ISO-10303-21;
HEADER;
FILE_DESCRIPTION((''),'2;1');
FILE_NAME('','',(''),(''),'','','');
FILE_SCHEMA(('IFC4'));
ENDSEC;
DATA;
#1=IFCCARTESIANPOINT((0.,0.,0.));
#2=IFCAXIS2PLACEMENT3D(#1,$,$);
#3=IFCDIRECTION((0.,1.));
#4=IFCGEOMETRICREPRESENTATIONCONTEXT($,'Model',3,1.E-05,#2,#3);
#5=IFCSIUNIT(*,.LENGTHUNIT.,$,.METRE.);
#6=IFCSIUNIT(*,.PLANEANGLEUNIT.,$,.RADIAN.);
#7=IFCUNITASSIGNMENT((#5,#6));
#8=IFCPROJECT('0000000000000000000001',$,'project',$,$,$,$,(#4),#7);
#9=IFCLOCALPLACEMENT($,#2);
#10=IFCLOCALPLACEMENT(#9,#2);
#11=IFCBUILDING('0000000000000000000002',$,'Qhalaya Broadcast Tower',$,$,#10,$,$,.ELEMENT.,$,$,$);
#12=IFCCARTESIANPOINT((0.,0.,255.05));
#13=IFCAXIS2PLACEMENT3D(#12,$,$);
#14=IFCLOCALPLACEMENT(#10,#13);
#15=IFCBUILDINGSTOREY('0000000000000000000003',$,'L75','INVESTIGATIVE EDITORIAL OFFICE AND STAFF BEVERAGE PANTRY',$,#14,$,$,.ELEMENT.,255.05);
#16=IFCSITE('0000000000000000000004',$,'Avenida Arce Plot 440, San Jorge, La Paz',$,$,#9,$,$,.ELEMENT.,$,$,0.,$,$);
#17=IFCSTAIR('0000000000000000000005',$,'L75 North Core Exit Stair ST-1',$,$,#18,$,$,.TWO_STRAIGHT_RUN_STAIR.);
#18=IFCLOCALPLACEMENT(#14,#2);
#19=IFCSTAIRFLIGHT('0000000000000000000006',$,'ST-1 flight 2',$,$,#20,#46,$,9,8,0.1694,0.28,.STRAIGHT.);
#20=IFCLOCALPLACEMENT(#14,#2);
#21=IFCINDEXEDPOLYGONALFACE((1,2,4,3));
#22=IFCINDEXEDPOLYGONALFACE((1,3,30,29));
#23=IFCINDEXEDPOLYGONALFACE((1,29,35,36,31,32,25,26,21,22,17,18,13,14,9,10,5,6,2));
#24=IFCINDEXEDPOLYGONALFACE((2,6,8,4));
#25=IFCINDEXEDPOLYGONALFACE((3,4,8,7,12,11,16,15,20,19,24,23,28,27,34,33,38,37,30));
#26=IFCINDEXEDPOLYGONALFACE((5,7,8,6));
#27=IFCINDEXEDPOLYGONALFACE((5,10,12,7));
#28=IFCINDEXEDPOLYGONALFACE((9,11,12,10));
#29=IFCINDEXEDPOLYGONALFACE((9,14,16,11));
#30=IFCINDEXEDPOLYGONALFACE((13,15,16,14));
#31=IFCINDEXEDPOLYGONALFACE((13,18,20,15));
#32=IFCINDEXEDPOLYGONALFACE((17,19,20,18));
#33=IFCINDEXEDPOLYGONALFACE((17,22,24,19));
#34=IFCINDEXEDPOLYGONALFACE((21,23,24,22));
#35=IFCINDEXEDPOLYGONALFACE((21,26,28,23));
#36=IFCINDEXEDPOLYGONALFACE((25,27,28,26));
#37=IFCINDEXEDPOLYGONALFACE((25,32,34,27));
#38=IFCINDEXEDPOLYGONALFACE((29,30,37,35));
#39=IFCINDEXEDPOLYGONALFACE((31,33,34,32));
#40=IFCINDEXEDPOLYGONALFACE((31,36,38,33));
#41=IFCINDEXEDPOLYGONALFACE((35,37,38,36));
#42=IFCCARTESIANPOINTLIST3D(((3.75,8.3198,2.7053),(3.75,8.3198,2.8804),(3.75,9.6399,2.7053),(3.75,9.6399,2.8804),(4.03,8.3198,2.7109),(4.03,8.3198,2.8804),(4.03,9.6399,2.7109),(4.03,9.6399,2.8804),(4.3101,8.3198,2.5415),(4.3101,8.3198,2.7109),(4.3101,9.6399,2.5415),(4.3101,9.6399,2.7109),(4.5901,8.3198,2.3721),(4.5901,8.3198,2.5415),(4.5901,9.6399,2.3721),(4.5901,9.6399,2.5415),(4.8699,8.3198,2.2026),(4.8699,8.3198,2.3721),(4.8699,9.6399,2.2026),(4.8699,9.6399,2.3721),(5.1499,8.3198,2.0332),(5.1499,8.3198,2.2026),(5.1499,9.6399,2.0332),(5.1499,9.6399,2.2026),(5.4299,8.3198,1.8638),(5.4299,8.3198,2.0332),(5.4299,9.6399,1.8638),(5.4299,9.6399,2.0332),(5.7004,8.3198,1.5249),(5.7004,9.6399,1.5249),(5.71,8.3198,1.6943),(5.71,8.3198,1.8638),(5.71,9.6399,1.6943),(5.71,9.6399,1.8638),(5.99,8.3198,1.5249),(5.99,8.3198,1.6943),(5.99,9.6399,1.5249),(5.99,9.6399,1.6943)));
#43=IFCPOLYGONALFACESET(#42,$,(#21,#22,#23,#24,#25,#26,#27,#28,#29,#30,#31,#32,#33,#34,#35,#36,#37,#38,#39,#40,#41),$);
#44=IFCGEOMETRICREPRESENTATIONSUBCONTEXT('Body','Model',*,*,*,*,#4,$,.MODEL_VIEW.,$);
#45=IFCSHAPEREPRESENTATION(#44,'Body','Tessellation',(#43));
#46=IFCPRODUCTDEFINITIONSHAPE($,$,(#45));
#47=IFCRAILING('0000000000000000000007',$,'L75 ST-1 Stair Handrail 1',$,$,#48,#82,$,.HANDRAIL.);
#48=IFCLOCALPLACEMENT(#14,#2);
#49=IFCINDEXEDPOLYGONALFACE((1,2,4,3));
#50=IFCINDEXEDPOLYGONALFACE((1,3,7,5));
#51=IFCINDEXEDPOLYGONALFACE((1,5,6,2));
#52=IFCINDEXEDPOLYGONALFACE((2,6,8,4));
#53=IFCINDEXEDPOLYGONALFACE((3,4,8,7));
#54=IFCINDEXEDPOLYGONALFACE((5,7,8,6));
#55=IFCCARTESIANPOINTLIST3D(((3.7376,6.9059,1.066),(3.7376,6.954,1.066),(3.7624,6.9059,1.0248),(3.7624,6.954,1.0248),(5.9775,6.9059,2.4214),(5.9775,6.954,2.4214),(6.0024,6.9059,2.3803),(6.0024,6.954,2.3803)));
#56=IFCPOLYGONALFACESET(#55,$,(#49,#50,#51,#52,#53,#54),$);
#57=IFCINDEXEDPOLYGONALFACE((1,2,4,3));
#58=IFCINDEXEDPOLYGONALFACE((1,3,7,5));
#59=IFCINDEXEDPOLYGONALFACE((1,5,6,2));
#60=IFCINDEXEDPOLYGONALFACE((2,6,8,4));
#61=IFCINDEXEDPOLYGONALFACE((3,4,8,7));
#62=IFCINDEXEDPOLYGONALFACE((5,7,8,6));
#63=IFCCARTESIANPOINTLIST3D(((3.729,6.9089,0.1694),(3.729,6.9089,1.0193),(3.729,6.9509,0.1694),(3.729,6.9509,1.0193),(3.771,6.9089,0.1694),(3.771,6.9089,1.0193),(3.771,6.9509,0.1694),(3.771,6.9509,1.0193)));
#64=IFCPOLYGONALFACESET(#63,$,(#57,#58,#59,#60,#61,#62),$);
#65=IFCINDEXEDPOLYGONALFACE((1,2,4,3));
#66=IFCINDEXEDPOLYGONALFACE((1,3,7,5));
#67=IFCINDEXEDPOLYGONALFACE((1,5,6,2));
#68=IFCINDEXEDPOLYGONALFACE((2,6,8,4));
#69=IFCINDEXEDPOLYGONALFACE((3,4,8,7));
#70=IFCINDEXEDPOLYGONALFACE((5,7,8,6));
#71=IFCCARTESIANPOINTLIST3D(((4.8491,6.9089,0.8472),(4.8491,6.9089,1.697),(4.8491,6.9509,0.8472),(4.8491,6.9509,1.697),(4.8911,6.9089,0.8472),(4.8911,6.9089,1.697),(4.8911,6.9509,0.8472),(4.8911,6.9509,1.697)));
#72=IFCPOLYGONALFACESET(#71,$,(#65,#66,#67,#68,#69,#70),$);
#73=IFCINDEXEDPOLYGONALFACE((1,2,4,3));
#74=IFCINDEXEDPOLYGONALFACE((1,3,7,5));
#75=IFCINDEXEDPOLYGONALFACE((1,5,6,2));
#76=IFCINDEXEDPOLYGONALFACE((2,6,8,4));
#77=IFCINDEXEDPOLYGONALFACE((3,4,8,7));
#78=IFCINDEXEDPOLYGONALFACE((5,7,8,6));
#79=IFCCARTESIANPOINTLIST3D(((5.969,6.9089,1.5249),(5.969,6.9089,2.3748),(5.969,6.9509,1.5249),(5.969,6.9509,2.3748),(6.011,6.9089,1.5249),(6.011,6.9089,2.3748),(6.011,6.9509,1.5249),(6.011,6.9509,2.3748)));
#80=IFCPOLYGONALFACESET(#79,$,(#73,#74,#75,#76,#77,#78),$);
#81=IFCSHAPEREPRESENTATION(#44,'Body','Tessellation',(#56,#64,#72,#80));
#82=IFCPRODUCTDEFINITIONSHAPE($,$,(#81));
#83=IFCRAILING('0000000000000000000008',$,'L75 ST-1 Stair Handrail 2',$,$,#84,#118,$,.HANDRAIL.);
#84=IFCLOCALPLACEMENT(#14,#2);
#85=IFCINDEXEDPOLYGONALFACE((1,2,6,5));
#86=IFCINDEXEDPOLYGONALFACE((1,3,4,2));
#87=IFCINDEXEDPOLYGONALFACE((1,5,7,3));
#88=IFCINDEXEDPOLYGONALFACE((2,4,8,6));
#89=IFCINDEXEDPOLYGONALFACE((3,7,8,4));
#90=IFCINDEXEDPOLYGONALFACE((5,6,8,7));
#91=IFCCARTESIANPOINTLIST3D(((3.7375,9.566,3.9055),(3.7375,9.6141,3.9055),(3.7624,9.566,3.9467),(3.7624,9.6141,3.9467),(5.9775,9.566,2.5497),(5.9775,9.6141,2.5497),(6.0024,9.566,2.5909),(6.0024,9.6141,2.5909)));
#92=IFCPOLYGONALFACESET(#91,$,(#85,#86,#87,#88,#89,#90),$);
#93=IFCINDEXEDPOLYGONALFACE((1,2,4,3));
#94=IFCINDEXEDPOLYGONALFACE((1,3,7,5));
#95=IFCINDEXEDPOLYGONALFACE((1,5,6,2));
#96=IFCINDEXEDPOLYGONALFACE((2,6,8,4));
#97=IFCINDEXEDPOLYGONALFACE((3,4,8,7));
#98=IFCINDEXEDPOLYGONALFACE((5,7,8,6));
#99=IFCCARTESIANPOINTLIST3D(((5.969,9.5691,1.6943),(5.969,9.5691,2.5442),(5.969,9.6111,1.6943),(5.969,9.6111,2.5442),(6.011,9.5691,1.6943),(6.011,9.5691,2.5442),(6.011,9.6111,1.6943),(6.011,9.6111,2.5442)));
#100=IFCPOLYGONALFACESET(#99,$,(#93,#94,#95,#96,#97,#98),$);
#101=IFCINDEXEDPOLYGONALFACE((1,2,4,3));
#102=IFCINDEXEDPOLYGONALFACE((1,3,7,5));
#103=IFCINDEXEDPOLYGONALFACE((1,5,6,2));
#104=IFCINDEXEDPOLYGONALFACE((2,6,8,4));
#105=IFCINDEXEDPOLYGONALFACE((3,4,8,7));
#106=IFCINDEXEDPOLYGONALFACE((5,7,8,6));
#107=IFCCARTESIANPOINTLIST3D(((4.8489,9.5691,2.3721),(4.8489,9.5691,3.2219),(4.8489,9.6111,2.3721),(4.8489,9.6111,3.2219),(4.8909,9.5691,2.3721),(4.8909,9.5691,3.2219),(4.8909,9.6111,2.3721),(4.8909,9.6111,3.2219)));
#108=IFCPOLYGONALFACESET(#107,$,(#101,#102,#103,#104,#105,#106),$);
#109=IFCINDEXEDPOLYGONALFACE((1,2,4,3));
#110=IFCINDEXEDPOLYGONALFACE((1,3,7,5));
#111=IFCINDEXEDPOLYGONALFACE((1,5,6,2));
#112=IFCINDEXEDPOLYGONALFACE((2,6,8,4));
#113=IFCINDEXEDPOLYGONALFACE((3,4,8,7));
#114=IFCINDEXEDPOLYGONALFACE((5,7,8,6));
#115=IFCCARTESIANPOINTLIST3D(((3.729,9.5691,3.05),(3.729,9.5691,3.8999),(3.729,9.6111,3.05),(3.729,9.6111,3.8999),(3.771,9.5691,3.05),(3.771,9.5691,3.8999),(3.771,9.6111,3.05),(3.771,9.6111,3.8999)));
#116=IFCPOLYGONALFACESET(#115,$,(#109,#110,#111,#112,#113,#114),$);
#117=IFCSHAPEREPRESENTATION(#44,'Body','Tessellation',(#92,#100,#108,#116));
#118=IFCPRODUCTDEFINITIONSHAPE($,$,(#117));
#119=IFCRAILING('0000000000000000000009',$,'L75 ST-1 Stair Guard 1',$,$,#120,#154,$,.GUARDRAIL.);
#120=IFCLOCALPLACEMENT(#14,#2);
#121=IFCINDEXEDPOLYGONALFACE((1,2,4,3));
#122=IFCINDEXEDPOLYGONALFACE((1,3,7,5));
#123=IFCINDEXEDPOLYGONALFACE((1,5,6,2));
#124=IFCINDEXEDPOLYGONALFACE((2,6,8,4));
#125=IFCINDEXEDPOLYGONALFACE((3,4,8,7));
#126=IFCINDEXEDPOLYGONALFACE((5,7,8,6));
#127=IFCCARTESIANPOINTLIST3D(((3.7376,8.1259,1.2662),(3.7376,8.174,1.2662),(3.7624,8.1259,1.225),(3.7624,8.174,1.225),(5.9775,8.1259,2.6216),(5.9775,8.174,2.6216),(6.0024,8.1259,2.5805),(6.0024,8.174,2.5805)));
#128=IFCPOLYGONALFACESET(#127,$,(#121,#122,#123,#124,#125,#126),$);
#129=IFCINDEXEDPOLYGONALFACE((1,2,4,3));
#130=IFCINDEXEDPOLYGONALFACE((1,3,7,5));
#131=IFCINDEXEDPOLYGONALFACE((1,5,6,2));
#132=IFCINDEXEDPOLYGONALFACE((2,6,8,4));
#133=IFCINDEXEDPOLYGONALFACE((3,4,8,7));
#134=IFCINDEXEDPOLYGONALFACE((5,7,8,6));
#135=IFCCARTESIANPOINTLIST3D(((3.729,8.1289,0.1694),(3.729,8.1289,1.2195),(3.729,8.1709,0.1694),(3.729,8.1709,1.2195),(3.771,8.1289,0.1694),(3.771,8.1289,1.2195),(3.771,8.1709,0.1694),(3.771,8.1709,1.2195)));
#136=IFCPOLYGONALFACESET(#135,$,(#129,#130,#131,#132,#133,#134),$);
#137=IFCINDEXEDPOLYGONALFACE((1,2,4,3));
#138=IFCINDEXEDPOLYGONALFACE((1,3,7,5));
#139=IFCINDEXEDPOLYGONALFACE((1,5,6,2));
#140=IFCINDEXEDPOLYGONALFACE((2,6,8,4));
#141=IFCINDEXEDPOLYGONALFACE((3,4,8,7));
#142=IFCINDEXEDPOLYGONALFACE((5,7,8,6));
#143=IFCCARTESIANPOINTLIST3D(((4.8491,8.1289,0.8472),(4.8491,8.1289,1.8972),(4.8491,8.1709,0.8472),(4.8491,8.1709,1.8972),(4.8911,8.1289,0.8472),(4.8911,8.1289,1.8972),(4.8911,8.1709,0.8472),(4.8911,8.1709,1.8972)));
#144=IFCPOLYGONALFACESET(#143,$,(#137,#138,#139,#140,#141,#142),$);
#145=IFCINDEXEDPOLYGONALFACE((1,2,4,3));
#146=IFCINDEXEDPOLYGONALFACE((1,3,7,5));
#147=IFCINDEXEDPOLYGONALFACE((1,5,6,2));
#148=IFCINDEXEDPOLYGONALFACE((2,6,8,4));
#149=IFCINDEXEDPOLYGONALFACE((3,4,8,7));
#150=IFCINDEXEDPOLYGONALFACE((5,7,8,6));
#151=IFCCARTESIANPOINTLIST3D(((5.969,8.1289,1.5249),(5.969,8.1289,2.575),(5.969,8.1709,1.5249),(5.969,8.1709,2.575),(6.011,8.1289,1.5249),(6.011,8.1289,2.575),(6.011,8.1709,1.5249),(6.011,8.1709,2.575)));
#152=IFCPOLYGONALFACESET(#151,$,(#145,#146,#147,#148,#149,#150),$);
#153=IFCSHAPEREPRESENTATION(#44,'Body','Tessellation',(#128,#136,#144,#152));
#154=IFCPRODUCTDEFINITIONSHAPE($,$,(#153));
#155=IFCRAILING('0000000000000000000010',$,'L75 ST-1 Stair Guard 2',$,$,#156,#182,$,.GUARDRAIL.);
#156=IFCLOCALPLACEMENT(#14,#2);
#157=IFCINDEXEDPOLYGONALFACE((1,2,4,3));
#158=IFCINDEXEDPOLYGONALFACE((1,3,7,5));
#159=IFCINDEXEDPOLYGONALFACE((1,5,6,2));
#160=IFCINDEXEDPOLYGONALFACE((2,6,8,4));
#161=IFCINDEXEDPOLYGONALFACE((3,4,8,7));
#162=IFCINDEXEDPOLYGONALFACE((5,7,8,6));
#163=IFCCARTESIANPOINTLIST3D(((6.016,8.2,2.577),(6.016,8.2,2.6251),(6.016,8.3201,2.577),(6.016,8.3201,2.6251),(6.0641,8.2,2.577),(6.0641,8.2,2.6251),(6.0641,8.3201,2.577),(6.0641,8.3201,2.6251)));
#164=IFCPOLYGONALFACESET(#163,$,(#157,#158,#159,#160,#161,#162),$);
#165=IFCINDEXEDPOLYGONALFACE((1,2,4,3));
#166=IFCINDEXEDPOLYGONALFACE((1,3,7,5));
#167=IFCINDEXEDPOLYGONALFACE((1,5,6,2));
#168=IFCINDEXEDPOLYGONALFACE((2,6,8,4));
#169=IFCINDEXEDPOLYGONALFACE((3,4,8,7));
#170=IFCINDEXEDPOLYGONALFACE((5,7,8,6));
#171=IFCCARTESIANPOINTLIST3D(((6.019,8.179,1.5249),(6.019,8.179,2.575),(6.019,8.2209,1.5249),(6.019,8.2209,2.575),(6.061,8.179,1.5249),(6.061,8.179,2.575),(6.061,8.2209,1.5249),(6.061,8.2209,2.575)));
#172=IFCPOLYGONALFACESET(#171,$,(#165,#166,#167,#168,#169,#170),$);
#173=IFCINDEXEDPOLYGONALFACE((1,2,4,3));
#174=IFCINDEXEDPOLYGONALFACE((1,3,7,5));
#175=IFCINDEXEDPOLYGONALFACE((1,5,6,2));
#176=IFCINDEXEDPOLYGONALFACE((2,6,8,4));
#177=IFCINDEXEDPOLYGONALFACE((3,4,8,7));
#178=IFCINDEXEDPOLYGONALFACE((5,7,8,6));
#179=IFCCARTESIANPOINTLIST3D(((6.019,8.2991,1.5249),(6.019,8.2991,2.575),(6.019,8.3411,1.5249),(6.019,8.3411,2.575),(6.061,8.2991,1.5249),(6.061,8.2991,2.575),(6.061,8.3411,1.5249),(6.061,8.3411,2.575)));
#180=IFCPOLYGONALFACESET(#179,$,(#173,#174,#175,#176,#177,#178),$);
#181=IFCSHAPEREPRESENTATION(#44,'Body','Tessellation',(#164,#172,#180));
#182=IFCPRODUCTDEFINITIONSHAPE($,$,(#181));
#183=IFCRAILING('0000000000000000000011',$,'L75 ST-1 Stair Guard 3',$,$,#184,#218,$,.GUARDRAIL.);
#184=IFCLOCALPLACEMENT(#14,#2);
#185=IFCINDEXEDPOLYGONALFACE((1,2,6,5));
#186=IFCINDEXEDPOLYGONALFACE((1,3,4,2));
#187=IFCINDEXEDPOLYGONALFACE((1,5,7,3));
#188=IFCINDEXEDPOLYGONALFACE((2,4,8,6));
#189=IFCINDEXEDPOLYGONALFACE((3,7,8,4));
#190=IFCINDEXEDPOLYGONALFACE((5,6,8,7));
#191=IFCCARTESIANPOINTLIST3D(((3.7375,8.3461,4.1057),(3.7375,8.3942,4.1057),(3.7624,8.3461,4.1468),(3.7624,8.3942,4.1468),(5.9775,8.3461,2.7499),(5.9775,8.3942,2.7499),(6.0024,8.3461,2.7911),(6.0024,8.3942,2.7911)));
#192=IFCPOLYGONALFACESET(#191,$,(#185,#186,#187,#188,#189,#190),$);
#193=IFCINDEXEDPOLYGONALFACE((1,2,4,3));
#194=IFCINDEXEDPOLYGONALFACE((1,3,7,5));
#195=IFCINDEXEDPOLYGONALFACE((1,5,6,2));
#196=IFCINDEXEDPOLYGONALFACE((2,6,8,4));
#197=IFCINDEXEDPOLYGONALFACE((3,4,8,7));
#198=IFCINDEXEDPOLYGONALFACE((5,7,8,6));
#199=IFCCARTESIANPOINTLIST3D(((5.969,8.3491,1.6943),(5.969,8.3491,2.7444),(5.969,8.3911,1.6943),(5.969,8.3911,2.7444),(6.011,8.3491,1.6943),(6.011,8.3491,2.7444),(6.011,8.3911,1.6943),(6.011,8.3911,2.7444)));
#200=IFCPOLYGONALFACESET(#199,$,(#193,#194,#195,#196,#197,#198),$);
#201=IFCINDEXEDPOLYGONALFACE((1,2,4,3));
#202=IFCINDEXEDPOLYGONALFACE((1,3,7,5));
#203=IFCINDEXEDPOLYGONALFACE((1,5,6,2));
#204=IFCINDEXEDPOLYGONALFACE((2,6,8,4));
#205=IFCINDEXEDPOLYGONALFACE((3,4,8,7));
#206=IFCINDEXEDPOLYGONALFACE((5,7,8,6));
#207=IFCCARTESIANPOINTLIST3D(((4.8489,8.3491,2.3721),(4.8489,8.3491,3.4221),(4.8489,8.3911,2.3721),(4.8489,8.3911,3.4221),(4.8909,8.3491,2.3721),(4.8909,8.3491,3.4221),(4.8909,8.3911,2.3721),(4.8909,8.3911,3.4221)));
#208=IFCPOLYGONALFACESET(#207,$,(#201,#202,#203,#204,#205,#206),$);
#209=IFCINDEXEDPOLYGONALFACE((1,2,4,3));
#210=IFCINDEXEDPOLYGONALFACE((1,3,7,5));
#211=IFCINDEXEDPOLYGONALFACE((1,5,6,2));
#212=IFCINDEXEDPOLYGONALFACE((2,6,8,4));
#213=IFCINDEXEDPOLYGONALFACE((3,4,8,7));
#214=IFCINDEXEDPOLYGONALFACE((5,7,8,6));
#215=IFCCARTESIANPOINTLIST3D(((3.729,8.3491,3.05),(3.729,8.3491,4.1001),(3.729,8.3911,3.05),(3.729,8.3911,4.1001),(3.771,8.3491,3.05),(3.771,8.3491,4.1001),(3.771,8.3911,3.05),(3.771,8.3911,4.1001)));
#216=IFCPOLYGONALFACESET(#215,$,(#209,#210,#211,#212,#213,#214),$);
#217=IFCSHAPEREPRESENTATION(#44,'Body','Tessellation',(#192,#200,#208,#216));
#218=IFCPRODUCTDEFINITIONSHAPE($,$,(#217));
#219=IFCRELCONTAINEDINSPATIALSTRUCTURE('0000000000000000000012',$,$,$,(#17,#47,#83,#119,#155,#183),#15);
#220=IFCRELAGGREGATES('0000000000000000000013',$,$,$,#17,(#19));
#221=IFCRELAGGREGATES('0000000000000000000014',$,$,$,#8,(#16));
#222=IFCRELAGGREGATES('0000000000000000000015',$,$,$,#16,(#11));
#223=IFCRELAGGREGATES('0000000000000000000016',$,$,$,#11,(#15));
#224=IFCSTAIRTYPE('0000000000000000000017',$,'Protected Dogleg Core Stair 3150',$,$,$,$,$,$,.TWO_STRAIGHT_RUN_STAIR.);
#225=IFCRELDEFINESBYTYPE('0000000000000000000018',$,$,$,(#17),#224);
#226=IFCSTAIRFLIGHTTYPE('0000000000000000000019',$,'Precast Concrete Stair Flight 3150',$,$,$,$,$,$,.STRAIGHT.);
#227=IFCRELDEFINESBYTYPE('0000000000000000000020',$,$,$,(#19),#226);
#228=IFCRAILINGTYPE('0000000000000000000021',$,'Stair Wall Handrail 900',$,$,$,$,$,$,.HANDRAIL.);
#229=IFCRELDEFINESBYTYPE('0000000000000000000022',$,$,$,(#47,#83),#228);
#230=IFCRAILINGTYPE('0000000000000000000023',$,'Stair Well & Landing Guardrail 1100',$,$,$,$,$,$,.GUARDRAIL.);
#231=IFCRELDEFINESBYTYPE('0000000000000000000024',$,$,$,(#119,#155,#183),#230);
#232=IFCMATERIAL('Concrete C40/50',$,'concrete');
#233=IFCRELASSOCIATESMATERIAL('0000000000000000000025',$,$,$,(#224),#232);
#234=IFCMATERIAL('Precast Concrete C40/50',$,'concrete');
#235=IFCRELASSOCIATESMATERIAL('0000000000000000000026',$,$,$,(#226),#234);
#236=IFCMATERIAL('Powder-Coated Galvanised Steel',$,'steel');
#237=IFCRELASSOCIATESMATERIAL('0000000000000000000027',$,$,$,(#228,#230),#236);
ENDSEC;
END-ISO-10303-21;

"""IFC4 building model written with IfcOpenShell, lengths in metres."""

from ifc_helpers import new_model, si_unit, direction, frame, origin, origin_2d, place, context, subcontext, project, spatial, polyline, rectangle, outline, extrude, material, type_object, element, aggregate, save


model = new_model("IFC4")

# Units and contexts
model_context = context("Model", 3, precision=1e-05, world=origin(), true_north=direction((0.0, 1.0)))
body_context = subcontext(model_context, "Body", "Model", "MODEL_VIEW")
ifc_project = project(units=[si_unit("LENGTHUNIT", "METRE"), si_unit("PLANEANGLEUNIT", "RADIAN")], contexts=[model_context])

# Site, building, storey
site_placement = place(None, origin())
site = spatial("IfcSite", under=ifc_project, at=site_placement, Name="Avenida Arce Plot 440, San Jorge, La Paz", CompositionType="ELEMENT", RefElevation=0.0)
building_placement = place(site_placement, origin())
building = spatial("IfcBuilding", under=site, at=building_placement, Name="Qhalaya Broadcast Tower", CompositionType="ELEMENT")
storey_placement = place(building_placement, frame((0.0, 0.0, 255.05)))
storey = spatial("IfcBuildingStorey", under=building, at=storey_placement, Name="L75", Description="INVESTIGATIVE EDITORIAL OFFICE AND STAFF BEVERAGE PANTRY", CompositionType="ELEMENT", Elevation=255.05)

# Stair, stair flight
ifc_material_1 = material(Name="Concrete C40/50", Category="concrete")
stair_type = type_object("IfcStairType", Name="Protected Dogleg Core Stair 3150", PredefinedType="TWO_STRAIGHT_RUN_STAIR", material=ifc_material_1)
stair_placement = place(storey_placement, origin())
stair = element("IfcStair", 1, at=stair_placement, inside=storey, type_object=stair_type, Name="L75 North Core Exit Stair ST-1", PredefinedType="TWO_STRAIGHT_RUN_STAIR")
ifc_material_2 = material(Name="Precast Concrete C40/50", Category="concrete")
stair_flight_type = type_object("IfcStairFlightType", Name="Precast Concrete Stair Flight 3150", PredefinedType="STRAIGHT", material=ifc_material_2)
stair_flight_1_placement = place(storey_placement, frame((5.99, 8.98, 1.5249), z_axis=(0.0, 0.0, 1.0), x_axis=(-1.0, 0.0, 0.0)))
stair_flight_1 = element("IfcStairFlight", 2, at=stair_flight_1_placement, type_object=stair_flight_type, Name="ST-1 flight 2", NumberOfRisers=9, NumberOfTreads=8, PredefinedType="STRAIGHT", RiserHeight=0.1694, TreadLength=0.28, context=body_context, shape_type="SweptSolid", body=[
    extrude(outline(polyline([(0.0, 0.0), (0.0, 0.1694), (0.28, 0.1694), (0.28, 0.3389), (0.5601, 0.3389), (0.5601, 0.5083), (0.8401, 0.5083), (0.8401, 0.6777), (1.1201, 0.6777), (1.1201, 0.8472), (1.3999, 0.8472), (1.3999, 1.0166), (1.6799, 1.0166), (1.6799, 1.186), (1.96, 1.186), (1.96, 1.3555), (2.24, 1.3555), (2.24, 1.5249), (2.24, 1.1804), (0.2896, 0.0), (0.0, 0.0)])), frame((0.0, 0.6602, 0.0), z_axis=(0.0, -1.0, 0.0), x_axis=(1.0, 0.0, 0.0)), (0.0, 0.0, 1.0), 1.3201),
])
aggregate(stair, [stair_flight_1])

# Railings
ifc_material_3 = material(Name="Powder-Coated Galvanised Steel", Category="steel")
railing_type_1 = type_object("IfcRailingType", Name="Stair Wall Handrail 900", PredefinedType="HANDRAIL", material=ifc_material_3)
railing_1_placement = place(storey_placement, frame((3.75, 6.9299, 0.1694)))
element("IfcRailing", 3, at=railing_1_placement, inside=storey, type_object=railing_type_1, Name="L75 ST-1 Stair Handrail 1", PredefinedType="HANDRAIL", context=body_context, shape_type="SweptSolid", body=[
    extrude(rectangle(XDim=0.0481, YDim=0.0481, at=origin_2d()), frame((0.0, 0.0, 0.876), z_axis=(0.855553, 0.0, 0.517715), x_axis=(0.0, 1.0, 0.0)), (0.0, 0.0, 1.0), 2.6182),
    extrude(rectangle(XDim=0.042, YDim=0.042, at=origin_2d()), origin(), (0.0, 0.0, 1.0), 0.8499),
    extrude(rectangle(XDim=0.042, YDim=0.042, at=origin_2d()), frame((1.1201, 0.0, 0.6777)), (0.0, 0.0, 1.0), 0.8499),
    extrude(rectangle(XDim=0.042, YDim=0.042, at=origin_2d()), frame((2.24, 0.0, 1.3555)), (0.0, 0.0, 1.0), 0.8499),
])
railing_2_placement = place(storey_placement, frame((5.99, 9.5901, 1.6943)))
element("IfcRailing", 4, at=railing_2_placement, inside=storey, type_object=railing_type_1, Name="L75 ST-1 Stair Handrail 2", PredefinedType="HANDRAIL", context=body_context, shape_type="SweptSolid", body=[
    extrude(rectangle(XDim=0.0481, YDim=0.0481, at=origin_2d()), frame((0.0, 0.0, 0.876), z_axis=(-0.855512, 0.0, 0.517783), x_axis=(0.0, -1.0, 0.0)), (0.0, 0.0, 1.0), 2.6184),
    extrude(rectangle(XDim=0.042, YDim=0.042, at=origin_2d()), origin(), (0.0, 0.0, 1.0), 0.8499),
    extrude(rectangle(XDim=0.042, YDim=0.042, at=origin_2d()), frame((-1.1201, 0.0, 0.6777)), (0.0, 0.0, 1.0), 0.8499),
    extrude(rectangle(XDim=0.042, YDim=0.042, at=origin_2d()), frame((-2.24, 0.0, 1.3557)), (0.0, 0.0, 1.0), 0.8499),
])
railing_type_2 = type_object("IfcRailingType", Name="Stair Well & Landing Guardrail 1100", PredefinedType="GUARDRAIL", material=ifc_material_3)
railing_3_placement = place(storey_placement, frame((3.75, 8.1499, 0.1694)))
element("IfcRailing", 5, at=railing_3_placement, inside=storey, type_object=railing_type_2, Name="L75 ST-1 Stair Guard 1", PredefinedType="GUARDRAIL", context=body_context, shape_type="SweptSolid", body=[
    extrude(rectangle(XDim=0.0481, YDim=0.0481, at=origin_2d()), frame((0.0, 0.0, 1.0762), z_axis=(0.855553, 0.0, 0.517715), x_axis=(0.0, 1.0, 0.0)), (0.0, 0.0, 1.0), 2.6182),
    extrude(rectangle(XDim=0.042, YDim=0.042, at=origin_2d()), origin(), (0.0, 0.0, 1.0), 1.05),
    extrude(rectangle(XDim=0.042, YDim=0.042, at=origin_2d()), frame((1.1201, 0.0, 0.6777)), (0.0, 0.0, 1.0), 1.05),
    extrude(rectangle(XDim=0.042, YDim=0.042, at=origin_2d()), frame((2.24, 0.0, 1.3555)), (0.0, 0.0, 1.0), 1.05),
])
railing_4_placement = place(storey_placement, frame((6.04, 8.2, 1.5249)))
element("IfcRailing", 6, at=railing_4_placement, inside=storey, type_object=railing_type_2, Name="L75 ST-1 Stair Guard 2", PredefinedType="GUARDRAIL", context=body_context, shape_type="SweptSolid", body=[
    extrude(rectangle(XDim=0.0481, YDim=0.0481, at=origin_2d()), frame((0.0, 0.0, 1.0762), z_axis=(0.0, 1.0, 0.0), x_axis=(-1.0, 0.0, 0.0)), (0.0, 0.0, 1.0), 0.1201),
    extrude(rectangle(XDim=0.042, YDim=0.042, at=origin_2d()), origin(), (0.0, 0.0, 1.0), 1.05),
    extrude(rectangle(XDim=0.042, YDim=0.042, at=origin_2d()), frame((0.0, 0.1201, 0.0)), (0.0, 0.0, 1.0), 1.05),
])
railing_5_placement = place(storey_placement, frame((5.99, 8.3701, 1.6943)))
element("IfcRailing", 7, at=railing_5_placement, inside=storey, type_object=railing_type_2, Name="L75 ST-1 Stair Guard 3", PredefinedType="GUARDRAIL", context=body_context, shape_type="SweptSolid", body=[
    extrude(rectangle(XDim=0.0481, YDim=0.0481, at=origin_2d()), frame((0.0, 0.0, 1.0762), z_axis=(-0.855512, 0.0, 0.517783), x_axis=(0.0, -1.0, 0.0)), (0.0, 0.0, 1.0), 2.6184),
    extrude(rectangle(XDim=0.042, YDim=0.042, at=origin_2d()), origin(), (0.0, 0.0, 1.0), 1.05),
    extrude(rectangle(XDim=0.042, YDim=0.042, at=origin_2d()), frame((-1.1201, 0.0, 0.6777)), (0.0, 0.0, 1.0), 1.05),
    extrude(rectangle(XDim=0.042, YDim=0.042, at=origin_2d()), frame((-2.24, 0.0, 1.3557)), (0.0, 0.0, 1.0), 1.05),
])

save(model, "model.ifc")
